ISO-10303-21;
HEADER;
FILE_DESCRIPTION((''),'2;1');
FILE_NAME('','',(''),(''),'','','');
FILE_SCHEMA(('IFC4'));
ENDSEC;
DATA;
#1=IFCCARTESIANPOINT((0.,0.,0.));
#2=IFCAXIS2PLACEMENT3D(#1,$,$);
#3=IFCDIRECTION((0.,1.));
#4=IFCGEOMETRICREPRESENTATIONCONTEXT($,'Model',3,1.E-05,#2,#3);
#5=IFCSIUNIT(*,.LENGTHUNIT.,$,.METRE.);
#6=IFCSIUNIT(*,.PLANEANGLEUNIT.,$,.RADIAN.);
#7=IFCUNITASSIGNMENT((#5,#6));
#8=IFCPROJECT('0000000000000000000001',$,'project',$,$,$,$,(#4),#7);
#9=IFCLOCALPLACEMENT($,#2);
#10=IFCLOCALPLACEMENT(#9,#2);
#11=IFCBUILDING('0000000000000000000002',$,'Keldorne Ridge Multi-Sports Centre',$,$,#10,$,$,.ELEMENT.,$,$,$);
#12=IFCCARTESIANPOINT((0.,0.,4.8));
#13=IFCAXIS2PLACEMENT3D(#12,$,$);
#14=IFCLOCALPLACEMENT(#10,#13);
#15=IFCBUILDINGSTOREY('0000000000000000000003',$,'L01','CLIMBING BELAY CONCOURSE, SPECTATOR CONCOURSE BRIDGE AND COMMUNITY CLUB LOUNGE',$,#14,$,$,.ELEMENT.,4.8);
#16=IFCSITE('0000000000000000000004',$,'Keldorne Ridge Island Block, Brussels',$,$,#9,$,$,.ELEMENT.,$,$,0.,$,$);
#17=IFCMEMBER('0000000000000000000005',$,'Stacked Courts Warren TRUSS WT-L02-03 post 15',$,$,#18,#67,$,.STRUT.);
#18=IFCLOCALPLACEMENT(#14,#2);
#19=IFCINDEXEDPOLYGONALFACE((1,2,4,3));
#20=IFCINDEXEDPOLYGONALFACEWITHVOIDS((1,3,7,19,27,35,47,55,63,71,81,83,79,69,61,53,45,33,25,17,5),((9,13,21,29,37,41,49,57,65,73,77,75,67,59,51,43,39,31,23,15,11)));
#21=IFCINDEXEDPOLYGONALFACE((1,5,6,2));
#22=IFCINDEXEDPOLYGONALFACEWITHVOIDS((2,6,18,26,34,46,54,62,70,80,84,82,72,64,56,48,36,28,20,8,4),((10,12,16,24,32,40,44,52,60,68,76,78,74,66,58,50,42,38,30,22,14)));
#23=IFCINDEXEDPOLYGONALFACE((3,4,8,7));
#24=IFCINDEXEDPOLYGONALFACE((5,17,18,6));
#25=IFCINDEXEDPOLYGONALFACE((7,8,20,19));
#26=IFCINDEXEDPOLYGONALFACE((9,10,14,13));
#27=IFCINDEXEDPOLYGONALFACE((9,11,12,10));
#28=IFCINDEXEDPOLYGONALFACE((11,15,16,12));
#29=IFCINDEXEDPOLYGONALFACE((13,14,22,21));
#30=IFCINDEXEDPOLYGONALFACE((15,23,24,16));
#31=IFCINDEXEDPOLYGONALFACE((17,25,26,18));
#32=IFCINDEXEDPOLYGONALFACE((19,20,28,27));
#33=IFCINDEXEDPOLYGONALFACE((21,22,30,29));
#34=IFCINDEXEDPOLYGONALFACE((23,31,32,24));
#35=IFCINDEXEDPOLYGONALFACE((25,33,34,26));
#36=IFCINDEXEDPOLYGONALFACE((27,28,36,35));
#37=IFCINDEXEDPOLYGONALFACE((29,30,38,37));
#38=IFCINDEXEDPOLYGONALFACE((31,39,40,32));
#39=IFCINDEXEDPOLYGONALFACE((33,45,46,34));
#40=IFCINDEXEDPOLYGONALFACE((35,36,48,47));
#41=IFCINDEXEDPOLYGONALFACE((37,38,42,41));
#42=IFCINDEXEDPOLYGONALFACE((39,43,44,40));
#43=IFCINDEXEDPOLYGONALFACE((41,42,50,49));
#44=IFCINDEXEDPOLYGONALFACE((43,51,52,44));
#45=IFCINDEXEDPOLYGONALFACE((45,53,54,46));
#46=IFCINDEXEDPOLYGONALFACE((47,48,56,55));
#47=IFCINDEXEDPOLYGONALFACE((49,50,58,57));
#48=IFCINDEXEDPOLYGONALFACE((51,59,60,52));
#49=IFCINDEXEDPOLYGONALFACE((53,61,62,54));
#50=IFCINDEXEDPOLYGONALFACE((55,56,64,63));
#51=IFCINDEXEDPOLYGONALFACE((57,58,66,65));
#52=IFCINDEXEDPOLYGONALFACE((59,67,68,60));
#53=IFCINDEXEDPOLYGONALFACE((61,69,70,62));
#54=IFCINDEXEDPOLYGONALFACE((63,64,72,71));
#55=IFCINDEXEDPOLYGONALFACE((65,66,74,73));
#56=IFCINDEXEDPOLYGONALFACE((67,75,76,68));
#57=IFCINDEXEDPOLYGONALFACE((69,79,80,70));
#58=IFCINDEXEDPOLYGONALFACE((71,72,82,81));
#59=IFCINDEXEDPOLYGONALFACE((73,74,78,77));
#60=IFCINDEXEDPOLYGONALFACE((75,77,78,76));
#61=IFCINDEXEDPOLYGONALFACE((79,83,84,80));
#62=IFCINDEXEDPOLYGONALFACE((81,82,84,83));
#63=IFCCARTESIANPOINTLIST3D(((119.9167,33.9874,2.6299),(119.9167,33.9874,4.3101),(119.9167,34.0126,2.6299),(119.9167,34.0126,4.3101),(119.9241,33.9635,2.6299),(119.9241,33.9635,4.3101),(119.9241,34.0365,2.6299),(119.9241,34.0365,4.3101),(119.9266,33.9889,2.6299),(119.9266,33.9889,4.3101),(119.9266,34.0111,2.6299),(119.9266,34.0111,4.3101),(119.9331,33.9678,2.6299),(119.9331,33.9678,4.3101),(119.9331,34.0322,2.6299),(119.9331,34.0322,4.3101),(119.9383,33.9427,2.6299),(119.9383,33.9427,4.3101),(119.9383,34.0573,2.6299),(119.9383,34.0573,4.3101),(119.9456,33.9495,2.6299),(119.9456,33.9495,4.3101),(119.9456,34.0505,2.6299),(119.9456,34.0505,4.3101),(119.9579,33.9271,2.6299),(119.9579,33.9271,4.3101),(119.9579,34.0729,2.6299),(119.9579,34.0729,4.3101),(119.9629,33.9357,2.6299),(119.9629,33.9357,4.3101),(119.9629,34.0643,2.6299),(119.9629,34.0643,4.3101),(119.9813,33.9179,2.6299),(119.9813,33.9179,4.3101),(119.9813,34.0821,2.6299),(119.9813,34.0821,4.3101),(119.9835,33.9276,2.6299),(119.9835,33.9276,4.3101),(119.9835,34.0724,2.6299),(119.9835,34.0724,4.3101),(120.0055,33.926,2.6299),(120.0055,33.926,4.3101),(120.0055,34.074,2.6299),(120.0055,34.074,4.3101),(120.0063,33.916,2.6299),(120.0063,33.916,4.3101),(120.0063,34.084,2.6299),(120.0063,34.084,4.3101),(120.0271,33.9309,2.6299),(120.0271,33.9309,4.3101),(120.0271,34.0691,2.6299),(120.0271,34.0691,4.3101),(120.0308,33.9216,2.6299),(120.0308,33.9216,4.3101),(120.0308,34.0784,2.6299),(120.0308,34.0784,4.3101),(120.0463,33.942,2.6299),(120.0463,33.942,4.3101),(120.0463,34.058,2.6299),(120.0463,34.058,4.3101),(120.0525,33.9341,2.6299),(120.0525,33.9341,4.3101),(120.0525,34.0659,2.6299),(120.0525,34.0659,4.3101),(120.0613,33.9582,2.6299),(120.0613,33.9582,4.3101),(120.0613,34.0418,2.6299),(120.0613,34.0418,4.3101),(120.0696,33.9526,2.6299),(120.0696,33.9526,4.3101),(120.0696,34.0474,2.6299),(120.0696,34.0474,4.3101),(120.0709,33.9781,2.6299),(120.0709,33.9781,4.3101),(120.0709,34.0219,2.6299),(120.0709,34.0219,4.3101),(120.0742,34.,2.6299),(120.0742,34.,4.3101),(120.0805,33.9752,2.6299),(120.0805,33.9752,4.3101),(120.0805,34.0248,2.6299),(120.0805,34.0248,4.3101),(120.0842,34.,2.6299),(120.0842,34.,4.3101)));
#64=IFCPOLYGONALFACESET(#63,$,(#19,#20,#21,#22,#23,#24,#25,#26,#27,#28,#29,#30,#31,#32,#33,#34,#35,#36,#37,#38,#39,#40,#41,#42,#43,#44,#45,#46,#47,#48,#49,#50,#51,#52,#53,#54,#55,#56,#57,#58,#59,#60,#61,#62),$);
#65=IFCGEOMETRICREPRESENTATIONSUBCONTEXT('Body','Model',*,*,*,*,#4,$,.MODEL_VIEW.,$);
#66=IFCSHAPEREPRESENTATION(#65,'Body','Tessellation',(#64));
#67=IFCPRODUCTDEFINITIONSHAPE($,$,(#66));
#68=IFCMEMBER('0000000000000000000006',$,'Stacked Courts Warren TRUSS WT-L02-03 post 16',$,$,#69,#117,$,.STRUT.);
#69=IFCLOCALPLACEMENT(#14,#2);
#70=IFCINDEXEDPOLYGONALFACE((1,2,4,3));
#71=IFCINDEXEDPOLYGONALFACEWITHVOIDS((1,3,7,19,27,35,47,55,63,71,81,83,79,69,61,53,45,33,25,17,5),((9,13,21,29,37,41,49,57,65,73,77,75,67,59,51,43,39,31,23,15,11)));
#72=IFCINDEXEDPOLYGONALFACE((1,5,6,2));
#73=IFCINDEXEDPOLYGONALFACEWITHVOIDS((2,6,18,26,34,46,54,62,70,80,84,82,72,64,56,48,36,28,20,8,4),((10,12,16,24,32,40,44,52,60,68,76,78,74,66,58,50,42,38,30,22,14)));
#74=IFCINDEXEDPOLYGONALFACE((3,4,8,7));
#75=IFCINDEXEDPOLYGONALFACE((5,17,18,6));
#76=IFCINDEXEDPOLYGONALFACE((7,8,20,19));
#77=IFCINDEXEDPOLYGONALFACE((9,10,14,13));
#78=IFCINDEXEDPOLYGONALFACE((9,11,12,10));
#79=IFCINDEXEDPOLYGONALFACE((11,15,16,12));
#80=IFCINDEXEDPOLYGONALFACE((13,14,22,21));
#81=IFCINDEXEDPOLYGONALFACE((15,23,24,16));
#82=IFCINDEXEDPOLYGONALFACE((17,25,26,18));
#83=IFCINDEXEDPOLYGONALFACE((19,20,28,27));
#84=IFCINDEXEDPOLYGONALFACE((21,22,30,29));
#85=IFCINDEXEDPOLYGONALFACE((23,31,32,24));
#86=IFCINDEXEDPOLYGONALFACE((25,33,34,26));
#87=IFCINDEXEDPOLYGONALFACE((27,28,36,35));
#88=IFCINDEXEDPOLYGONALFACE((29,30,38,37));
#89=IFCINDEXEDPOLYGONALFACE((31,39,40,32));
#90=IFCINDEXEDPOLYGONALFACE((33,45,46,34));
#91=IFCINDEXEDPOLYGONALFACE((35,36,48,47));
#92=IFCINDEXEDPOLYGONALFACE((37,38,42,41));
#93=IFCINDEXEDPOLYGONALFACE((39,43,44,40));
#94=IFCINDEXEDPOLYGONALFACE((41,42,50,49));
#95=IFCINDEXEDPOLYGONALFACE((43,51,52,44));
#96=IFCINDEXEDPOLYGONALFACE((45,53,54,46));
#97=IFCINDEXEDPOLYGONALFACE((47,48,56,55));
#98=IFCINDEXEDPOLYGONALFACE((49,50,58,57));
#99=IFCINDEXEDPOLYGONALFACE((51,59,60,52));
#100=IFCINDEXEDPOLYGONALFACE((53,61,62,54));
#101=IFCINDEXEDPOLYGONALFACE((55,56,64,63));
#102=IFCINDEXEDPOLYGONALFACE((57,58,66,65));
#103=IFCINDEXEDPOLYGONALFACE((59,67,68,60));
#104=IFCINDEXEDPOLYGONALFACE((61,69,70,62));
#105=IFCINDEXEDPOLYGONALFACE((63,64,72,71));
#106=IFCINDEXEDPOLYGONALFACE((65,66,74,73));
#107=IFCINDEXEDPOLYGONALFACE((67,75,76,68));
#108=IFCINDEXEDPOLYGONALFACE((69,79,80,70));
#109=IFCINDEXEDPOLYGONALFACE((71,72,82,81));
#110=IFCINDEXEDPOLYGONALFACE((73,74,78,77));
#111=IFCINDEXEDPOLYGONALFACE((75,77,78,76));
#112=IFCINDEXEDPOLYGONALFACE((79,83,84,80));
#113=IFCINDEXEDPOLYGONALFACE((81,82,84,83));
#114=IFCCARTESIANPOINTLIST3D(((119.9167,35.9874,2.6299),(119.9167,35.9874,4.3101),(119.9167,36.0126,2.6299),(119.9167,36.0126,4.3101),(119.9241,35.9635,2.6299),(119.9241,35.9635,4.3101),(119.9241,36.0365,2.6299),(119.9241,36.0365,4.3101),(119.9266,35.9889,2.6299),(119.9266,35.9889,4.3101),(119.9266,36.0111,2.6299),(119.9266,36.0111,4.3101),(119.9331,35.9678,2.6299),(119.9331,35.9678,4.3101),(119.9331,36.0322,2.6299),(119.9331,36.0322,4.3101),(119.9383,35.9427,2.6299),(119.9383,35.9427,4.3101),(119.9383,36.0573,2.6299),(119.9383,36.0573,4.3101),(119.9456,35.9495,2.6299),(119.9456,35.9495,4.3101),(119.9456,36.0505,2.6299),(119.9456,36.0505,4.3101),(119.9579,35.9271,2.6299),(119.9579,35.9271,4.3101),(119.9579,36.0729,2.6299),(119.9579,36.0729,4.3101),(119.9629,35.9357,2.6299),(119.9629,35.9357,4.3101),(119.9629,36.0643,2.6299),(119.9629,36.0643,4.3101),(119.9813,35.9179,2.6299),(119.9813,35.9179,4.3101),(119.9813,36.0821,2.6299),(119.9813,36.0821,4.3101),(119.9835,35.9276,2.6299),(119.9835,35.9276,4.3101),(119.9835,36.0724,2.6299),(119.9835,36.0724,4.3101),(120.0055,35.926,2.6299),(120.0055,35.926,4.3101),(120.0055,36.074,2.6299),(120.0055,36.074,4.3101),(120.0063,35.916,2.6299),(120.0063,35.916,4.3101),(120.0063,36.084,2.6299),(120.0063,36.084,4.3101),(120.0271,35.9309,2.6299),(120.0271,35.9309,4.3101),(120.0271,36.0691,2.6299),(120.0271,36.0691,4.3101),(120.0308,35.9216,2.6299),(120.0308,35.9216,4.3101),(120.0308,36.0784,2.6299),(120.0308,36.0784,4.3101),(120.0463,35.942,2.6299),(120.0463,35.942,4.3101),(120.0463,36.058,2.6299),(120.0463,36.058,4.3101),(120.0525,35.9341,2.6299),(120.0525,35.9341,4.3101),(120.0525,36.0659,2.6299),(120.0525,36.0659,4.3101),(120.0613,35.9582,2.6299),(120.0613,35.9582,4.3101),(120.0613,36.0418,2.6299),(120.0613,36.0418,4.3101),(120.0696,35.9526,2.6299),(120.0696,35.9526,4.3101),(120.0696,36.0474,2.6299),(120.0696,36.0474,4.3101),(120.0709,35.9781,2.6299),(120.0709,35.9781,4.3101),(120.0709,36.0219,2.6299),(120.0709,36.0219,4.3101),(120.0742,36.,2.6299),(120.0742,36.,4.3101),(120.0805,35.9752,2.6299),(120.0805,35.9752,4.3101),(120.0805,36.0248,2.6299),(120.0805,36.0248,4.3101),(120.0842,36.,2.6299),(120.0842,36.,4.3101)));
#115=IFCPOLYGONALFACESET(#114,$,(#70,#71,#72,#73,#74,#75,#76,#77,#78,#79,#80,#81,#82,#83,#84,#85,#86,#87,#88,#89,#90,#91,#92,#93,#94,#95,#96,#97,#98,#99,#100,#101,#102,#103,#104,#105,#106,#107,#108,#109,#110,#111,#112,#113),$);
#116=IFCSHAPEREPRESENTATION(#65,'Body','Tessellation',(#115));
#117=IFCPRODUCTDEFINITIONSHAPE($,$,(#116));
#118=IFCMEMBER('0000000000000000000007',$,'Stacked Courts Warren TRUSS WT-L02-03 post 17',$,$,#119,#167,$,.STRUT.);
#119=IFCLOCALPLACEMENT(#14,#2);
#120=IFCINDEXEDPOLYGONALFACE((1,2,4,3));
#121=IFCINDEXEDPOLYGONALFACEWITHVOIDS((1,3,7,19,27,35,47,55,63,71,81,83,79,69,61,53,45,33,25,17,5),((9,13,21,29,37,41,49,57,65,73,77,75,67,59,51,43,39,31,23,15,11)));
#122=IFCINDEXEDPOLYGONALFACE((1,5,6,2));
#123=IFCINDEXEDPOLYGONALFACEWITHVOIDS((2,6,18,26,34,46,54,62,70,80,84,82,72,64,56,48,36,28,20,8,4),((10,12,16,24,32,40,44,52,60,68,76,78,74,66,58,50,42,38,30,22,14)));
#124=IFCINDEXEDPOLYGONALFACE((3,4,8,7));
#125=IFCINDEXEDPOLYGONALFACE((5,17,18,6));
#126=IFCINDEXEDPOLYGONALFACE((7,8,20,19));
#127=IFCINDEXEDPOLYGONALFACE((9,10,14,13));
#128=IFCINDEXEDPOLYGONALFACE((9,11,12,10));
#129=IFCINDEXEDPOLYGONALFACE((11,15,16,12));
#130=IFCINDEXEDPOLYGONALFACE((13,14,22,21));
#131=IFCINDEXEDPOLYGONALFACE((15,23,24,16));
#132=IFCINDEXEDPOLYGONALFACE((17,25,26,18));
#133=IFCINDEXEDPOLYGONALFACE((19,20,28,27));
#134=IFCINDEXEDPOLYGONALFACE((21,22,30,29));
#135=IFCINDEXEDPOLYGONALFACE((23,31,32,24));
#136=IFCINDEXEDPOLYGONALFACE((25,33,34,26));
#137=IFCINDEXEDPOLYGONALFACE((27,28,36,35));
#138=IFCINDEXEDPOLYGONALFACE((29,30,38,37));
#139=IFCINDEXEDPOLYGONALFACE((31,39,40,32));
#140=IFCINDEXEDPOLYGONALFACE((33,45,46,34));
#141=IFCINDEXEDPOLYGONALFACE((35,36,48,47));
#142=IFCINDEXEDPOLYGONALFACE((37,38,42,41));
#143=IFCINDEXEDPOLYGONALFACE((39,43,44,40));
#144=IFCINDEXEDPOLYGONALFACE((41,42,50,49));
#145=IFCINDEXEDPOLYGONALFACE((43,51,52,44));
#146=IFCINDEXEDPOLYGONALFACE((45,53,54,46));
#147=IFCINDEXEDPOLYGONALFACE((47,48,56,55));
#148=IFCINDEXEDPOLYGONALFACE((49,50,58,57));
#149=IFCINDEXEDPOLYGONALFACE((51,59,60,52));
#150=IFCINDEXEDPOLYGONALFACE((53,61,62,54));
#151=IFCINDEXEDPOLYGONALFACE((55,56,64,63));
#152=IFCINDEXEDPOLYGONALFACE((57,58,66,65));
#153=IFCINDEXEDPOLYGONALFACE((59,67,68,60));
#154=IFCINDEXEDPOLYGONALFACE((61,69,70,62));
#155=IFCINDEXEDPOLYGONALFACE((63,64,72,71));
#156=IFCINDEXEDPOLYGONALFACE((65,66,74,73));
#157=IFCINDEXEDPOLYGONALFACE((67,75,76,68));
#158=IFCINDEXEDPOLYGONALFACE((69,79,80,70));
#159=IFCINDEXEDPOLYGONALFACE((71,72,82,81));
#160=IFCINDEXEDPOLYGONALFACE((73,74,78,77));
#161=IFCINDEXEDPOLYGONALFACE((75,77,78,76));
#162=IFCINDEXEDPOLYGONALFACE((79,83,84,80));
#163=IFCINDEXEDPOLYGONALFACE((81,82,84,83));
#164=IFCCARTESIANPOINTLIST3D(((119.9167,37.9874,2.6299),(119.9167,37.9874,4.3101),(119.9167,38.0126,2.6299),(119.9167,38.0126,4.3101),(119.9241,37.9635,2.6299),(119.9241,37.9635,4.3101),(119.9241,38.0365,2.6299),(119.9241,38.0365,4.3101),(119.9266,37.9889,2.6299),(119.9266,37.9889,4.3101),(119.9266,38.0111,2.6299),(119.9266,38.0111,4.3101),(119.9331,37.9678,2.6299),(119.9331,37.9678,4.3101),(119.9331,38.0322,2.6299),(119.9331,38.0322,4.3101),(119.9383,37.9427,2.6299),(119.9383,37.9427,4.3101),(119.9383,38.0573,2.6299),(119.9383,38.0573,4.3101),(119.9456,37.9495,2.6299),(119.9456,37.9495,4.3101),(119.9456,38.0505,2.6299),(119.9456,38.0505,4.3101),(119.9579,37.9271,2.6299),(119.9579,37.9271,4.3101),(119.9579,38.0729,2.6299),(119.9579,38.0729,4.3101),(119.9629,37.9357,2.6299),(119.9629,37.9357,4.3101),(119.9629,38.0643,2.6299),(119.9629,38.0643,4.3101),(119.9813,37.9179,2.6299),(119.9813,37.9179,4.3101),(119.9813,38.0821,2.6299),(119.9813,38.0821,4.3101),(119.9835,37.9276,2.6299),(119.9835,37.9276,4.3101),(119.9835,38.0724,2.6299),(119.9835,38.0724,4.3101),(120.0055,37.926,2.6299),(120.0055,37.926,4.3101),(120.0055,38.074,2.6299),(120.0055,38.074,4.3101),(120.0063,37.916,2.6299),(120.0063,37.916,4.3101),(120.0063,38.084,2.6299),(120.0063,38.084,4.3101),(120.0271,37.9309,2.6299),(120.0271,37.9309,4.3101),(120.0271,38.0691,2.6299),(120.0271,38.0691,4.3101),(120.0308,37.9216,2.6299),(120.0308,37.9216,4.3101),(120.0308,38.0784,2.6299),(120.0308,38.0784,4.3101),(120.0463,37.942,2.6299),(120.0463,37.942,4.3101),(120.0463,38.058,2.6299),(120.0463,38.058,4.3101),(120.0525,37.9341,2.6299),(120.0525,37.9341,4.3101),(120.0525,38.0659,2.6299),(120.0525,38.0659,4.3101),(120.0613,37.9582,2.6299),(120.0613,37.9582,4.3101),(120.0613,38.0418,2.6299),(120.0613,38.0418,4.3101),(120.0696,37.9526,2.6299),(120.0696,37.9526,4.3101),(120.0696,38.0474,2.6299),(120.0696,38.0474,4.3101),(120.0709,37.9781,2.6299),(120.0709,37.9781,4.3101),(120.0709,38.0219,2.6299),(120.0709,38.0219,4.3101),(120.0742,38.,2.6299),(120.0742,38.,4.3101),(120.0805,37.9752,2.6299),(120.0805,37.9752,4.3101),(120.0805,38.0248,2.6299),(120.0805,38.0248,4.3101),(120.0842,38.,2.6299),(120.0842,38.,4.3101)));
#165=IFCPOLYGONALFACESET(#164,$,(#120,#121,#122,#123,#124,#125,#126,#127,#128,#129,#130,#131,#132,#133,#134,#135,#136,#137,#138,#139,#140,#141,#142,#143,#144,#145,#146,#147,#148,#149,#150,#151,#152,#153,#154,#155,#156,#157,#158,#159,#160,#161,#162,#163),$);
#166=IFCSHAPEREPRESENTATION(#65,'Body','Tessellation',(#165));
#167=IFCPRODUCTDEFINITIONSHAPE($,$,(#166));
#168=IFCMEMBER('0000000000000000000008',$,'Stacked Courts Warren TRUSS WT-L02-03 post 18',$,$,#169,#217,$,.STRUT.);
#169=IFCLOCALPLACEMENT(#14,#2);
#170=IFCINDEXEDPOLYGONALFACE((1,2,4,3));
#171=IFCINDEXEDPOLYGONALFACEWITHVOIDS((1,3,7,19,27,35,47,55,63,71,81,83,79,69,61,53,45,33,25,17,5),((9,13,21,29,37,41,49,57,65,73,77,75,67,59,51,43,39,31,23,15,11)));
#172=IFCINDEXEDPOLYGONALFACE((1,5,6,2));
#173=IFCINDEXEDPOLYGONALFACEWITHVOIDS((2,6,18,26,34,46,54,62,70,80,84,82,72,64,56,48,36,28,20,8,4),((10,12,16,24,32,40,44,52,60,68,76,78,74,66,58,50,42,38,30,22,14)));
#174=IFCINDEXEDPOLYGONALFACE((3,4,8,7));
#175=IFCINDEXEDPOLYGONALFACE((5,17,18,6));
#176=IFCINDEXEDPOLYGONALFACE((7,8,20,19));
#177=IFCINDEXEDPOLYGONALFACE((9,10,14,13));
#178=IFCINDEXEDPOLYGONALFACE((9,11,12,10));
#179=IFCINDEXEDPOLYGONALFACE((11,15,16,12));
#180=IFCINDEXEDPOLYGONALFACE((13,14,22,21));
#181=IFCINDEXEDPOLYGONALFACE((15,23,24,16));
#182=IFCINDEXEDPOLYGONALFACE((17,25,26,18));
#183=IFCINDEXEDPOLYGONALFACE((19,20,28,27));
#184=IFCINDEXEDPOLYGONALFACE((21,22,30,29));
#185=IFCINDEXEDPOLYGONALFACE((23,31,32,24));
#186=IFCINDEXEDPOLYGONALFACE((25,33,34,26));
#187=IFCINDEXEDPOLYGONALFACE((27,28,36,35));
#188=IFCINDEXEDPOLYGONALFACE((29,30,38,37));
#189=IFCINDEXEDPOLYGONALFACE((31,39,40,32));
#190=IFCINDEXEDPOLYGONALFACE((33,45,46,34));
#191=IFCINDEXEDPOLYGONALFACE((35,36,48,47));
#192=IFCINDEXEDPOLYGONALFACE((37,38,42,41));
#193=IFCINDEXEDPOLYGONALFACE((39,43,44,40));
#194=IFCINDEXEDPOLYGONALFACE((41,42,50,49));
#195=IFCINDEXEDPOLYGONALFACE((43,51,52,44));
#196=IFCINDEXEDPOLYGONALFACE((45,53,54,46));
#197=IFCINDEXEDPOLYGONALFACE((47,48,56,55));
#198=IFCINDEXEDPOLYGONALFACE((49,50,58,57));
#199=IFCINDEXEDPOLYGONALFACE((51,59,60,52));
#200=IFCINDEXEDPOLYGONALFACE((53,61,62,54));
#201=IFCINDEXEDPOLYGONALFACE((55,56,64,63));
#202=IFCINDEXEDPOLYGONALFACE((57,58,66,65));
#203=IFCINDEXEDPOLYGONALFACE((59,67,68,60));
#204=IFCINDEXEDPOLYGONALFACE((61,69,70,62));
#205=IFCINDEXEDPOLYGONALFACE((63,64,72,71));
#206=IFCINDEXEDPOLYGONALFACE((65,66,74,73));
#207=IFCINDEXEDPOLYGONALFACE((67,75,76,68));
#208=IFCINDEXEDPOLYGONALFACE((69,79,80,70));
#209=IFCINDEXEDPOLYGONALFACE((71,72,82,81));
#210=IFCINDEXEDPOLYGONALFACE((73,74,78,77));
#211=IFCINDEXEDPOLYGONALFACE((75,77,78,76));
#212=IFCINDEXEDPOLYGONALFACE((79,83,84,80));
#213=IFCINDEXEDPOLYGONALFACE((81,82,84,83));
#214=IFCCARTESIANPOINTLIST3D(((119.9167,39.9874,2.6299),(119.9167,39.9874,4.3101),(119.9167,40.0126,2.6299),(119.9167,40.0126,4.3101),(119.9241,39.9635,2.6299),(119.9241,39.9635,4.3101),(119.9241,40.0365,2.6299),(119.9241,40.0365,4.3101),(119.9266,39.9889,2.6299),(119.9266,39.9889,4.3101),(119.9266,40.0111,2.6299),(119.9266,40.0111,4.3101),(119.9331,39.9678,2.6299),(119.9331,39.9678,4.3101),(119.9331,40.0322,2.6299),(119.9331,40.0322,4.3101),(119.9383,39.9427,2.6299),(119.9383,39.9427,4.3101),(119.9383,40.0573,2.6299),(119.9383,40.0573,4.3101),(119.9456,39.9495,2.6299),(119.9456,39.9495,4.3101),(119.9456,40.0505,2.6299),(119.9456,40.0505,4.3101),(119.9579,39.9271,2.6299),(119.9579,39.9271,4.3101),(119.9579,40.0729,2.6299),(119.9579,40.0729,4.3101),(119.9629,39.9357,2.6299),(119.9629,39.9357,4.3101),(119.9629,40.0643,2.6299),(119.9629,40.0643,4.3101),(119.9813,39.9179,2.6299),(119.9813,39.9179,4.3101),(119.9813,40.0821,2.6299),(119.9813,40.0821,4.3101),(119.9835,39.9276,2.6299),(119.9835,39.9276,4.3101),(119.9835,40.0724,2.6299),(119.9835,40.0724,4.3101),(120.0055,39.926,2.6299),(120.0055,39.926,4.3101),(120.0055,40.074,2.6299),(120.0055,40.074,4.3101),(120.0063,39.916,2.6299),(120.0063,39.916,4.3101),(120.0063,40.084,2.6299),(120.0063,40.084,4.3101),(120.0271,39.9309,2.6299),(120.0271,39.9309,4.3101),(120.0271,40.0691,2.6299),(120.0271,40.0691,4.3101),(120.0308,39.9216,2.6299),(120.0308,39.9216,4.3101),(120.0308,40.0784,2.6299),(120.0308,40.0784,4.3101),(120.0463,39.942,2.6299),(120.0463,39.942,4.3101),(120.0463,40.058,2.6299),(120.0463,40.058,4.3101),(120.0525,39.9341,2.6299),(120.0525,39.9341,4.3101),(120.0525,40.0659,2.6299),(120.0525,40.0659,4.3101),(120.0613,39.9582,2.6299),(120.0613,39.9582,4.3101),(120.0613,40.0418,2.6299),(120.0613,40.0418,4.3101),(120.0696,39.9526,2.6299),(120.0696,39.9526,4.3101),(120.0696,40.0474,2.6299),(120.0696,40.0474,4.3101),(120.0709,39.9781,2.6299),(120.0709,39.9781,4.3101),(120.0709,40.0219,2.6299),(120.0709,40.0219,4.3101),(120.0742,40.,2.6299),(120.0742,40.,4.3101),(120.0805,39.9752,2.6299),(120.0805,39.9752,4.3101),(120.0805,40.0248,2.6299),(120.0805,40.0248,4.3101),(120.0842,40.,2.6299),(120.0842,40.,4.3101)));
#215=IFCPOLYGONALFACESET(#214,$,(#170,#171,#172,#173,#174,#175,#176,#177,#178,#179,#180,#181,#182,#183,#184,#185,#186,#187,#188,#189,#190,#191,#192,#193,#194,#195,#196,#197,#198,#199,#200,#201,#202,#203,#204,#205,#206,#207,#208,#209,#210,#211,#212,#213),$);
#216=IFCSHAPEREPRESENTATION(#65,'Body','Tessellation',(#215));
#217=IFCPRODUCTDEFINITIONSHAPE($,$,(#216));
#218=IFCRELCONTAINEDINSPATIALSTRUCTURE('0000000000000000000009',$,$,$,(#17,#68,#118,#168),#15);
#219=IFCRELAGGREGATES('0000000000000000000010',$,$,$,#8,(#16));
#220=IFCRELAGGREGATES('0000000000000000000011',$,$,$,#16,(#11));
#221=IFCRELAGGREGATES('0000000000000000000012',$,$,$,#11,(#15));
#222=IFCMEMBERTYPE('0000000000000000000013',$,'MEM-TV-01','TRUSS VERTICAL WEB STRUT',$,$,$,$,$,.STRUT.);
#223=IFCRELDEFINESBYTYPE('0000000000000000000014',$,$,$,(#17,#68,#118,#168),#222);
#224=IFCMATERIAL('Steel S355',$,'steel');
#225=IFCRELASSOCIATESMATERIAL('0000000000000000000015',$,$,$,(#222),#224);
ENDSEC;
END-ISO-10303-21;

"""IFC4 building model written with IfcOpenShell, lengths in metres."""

from ifc_helpers import new_model, si_unit, direction, frame, origin, origin_2d, place, context, subcontext, project, spatial, hollow_circle, extrude, material, material_profile, profile_set, type_object, element, save


model = new_model("IFC4")

# Units and contexts
model_context = context("Model", 3, precision=1e-05, world=origin(), true_north=direction((0.0, 1.0)))
body_context = subcontext(model_context, "Body", "Model", "MODEL_VIEW")
ifc_project = project(units=[si_unit("LENGTHUNIT", "METRE"), si_unit("PLANEANGLEUNIT", "RADIAN")], contexts=[model_context])

# Site, building, storey
site_placement = place(None, origin())
site = spatial("IfcSite", under=ifc_project, at=site_placement, Name="Keldorne Ridge Island Block, Brussels", CompositionType="ELEMENT", RefElevation=0.0)
building_placement = place(site_placement, origin())
building = spatial("IfcBuilding", under=site, at=building_placement, Name="Keldorne Ridge Multi-Sports Centre", CompositionType="ELEMENT")
storey_placement = place(building_placement, frame((0.0, 0.0, 4.8)))
storey = spatial("IfcBuildingStorey", under=building, at=storey_placement, Name="L01", Description="CLIMBING BELAY CONCOURSE, SPECTATOR CONCOURSE BRIDGE AND COMMUNITY CLUB LOUNGE", CompositionType="ELEMENT", Elevation=4.8)

# Members
ifc_material = material(Name="Steel S355", Category="steel")
ifc_material_profile_1 = material_profile(ifc_material, hollow_circle(Radius=0.0842, WallThickness=0.01, at=origin_2d()), Name="CHS 168.3x10")
ifc_profile_set_1 = profile_set([ifc_material_profile_1], Name="Steel S355")
member_type_1 = type_object("IfcMemberType", Name="MEM-TV-01", Description="TRUSS VERTICAL WEB STRUT", PredefinedType="STRUT", material=ifc_profile_set_1)
for number, where, z_axis, x_axis, name in (
    (1, (120.0, 34.0, 2.6299), (0.0, 0.0, 1.0), (1.0, 0.0, 0.0), "Stacked Courts Warren TRUSS WT-L02-03 post 15"),
    (2, (120.0, 36.0, 2.6299), (0.0, 0.0, 1.0), (1.0, 0.0, 0.0), "Stacked Courts Warren TRUSS WT-L02-03 post 16"),
    (3, (120.0, 38.0, 2.6299), (0.0, 0.0, 1.0), (1.0, 0.0, 0.0), "Stacked Courts Warren TRUSS WT-L02-03 post 17"),
    (4, (120.0, 40.0, 2.6299), (0.0, 0.0, 1.0), (1.0, 0.0, 0.0), "Stacked Courts Warren TRUSS WT-L02-03 post 18"),
):
    element("IfcMember", number, at=place(storey_placement, frame(where, z_axis=z_axis, x_axis=x_axis)), inside=storey, type_object=member_type_1, Name=name, PredefinedType="STRUT", context=body_context, shape_type="SweptSolid", body=[
        extrude(hollow_circle(Radius=0.0842, WallThickness=0.01, at=origin_2d()), origin(), (0.0, 0.0, 1.0), 1.6802),
    ])

save(model, "model.ifc")
